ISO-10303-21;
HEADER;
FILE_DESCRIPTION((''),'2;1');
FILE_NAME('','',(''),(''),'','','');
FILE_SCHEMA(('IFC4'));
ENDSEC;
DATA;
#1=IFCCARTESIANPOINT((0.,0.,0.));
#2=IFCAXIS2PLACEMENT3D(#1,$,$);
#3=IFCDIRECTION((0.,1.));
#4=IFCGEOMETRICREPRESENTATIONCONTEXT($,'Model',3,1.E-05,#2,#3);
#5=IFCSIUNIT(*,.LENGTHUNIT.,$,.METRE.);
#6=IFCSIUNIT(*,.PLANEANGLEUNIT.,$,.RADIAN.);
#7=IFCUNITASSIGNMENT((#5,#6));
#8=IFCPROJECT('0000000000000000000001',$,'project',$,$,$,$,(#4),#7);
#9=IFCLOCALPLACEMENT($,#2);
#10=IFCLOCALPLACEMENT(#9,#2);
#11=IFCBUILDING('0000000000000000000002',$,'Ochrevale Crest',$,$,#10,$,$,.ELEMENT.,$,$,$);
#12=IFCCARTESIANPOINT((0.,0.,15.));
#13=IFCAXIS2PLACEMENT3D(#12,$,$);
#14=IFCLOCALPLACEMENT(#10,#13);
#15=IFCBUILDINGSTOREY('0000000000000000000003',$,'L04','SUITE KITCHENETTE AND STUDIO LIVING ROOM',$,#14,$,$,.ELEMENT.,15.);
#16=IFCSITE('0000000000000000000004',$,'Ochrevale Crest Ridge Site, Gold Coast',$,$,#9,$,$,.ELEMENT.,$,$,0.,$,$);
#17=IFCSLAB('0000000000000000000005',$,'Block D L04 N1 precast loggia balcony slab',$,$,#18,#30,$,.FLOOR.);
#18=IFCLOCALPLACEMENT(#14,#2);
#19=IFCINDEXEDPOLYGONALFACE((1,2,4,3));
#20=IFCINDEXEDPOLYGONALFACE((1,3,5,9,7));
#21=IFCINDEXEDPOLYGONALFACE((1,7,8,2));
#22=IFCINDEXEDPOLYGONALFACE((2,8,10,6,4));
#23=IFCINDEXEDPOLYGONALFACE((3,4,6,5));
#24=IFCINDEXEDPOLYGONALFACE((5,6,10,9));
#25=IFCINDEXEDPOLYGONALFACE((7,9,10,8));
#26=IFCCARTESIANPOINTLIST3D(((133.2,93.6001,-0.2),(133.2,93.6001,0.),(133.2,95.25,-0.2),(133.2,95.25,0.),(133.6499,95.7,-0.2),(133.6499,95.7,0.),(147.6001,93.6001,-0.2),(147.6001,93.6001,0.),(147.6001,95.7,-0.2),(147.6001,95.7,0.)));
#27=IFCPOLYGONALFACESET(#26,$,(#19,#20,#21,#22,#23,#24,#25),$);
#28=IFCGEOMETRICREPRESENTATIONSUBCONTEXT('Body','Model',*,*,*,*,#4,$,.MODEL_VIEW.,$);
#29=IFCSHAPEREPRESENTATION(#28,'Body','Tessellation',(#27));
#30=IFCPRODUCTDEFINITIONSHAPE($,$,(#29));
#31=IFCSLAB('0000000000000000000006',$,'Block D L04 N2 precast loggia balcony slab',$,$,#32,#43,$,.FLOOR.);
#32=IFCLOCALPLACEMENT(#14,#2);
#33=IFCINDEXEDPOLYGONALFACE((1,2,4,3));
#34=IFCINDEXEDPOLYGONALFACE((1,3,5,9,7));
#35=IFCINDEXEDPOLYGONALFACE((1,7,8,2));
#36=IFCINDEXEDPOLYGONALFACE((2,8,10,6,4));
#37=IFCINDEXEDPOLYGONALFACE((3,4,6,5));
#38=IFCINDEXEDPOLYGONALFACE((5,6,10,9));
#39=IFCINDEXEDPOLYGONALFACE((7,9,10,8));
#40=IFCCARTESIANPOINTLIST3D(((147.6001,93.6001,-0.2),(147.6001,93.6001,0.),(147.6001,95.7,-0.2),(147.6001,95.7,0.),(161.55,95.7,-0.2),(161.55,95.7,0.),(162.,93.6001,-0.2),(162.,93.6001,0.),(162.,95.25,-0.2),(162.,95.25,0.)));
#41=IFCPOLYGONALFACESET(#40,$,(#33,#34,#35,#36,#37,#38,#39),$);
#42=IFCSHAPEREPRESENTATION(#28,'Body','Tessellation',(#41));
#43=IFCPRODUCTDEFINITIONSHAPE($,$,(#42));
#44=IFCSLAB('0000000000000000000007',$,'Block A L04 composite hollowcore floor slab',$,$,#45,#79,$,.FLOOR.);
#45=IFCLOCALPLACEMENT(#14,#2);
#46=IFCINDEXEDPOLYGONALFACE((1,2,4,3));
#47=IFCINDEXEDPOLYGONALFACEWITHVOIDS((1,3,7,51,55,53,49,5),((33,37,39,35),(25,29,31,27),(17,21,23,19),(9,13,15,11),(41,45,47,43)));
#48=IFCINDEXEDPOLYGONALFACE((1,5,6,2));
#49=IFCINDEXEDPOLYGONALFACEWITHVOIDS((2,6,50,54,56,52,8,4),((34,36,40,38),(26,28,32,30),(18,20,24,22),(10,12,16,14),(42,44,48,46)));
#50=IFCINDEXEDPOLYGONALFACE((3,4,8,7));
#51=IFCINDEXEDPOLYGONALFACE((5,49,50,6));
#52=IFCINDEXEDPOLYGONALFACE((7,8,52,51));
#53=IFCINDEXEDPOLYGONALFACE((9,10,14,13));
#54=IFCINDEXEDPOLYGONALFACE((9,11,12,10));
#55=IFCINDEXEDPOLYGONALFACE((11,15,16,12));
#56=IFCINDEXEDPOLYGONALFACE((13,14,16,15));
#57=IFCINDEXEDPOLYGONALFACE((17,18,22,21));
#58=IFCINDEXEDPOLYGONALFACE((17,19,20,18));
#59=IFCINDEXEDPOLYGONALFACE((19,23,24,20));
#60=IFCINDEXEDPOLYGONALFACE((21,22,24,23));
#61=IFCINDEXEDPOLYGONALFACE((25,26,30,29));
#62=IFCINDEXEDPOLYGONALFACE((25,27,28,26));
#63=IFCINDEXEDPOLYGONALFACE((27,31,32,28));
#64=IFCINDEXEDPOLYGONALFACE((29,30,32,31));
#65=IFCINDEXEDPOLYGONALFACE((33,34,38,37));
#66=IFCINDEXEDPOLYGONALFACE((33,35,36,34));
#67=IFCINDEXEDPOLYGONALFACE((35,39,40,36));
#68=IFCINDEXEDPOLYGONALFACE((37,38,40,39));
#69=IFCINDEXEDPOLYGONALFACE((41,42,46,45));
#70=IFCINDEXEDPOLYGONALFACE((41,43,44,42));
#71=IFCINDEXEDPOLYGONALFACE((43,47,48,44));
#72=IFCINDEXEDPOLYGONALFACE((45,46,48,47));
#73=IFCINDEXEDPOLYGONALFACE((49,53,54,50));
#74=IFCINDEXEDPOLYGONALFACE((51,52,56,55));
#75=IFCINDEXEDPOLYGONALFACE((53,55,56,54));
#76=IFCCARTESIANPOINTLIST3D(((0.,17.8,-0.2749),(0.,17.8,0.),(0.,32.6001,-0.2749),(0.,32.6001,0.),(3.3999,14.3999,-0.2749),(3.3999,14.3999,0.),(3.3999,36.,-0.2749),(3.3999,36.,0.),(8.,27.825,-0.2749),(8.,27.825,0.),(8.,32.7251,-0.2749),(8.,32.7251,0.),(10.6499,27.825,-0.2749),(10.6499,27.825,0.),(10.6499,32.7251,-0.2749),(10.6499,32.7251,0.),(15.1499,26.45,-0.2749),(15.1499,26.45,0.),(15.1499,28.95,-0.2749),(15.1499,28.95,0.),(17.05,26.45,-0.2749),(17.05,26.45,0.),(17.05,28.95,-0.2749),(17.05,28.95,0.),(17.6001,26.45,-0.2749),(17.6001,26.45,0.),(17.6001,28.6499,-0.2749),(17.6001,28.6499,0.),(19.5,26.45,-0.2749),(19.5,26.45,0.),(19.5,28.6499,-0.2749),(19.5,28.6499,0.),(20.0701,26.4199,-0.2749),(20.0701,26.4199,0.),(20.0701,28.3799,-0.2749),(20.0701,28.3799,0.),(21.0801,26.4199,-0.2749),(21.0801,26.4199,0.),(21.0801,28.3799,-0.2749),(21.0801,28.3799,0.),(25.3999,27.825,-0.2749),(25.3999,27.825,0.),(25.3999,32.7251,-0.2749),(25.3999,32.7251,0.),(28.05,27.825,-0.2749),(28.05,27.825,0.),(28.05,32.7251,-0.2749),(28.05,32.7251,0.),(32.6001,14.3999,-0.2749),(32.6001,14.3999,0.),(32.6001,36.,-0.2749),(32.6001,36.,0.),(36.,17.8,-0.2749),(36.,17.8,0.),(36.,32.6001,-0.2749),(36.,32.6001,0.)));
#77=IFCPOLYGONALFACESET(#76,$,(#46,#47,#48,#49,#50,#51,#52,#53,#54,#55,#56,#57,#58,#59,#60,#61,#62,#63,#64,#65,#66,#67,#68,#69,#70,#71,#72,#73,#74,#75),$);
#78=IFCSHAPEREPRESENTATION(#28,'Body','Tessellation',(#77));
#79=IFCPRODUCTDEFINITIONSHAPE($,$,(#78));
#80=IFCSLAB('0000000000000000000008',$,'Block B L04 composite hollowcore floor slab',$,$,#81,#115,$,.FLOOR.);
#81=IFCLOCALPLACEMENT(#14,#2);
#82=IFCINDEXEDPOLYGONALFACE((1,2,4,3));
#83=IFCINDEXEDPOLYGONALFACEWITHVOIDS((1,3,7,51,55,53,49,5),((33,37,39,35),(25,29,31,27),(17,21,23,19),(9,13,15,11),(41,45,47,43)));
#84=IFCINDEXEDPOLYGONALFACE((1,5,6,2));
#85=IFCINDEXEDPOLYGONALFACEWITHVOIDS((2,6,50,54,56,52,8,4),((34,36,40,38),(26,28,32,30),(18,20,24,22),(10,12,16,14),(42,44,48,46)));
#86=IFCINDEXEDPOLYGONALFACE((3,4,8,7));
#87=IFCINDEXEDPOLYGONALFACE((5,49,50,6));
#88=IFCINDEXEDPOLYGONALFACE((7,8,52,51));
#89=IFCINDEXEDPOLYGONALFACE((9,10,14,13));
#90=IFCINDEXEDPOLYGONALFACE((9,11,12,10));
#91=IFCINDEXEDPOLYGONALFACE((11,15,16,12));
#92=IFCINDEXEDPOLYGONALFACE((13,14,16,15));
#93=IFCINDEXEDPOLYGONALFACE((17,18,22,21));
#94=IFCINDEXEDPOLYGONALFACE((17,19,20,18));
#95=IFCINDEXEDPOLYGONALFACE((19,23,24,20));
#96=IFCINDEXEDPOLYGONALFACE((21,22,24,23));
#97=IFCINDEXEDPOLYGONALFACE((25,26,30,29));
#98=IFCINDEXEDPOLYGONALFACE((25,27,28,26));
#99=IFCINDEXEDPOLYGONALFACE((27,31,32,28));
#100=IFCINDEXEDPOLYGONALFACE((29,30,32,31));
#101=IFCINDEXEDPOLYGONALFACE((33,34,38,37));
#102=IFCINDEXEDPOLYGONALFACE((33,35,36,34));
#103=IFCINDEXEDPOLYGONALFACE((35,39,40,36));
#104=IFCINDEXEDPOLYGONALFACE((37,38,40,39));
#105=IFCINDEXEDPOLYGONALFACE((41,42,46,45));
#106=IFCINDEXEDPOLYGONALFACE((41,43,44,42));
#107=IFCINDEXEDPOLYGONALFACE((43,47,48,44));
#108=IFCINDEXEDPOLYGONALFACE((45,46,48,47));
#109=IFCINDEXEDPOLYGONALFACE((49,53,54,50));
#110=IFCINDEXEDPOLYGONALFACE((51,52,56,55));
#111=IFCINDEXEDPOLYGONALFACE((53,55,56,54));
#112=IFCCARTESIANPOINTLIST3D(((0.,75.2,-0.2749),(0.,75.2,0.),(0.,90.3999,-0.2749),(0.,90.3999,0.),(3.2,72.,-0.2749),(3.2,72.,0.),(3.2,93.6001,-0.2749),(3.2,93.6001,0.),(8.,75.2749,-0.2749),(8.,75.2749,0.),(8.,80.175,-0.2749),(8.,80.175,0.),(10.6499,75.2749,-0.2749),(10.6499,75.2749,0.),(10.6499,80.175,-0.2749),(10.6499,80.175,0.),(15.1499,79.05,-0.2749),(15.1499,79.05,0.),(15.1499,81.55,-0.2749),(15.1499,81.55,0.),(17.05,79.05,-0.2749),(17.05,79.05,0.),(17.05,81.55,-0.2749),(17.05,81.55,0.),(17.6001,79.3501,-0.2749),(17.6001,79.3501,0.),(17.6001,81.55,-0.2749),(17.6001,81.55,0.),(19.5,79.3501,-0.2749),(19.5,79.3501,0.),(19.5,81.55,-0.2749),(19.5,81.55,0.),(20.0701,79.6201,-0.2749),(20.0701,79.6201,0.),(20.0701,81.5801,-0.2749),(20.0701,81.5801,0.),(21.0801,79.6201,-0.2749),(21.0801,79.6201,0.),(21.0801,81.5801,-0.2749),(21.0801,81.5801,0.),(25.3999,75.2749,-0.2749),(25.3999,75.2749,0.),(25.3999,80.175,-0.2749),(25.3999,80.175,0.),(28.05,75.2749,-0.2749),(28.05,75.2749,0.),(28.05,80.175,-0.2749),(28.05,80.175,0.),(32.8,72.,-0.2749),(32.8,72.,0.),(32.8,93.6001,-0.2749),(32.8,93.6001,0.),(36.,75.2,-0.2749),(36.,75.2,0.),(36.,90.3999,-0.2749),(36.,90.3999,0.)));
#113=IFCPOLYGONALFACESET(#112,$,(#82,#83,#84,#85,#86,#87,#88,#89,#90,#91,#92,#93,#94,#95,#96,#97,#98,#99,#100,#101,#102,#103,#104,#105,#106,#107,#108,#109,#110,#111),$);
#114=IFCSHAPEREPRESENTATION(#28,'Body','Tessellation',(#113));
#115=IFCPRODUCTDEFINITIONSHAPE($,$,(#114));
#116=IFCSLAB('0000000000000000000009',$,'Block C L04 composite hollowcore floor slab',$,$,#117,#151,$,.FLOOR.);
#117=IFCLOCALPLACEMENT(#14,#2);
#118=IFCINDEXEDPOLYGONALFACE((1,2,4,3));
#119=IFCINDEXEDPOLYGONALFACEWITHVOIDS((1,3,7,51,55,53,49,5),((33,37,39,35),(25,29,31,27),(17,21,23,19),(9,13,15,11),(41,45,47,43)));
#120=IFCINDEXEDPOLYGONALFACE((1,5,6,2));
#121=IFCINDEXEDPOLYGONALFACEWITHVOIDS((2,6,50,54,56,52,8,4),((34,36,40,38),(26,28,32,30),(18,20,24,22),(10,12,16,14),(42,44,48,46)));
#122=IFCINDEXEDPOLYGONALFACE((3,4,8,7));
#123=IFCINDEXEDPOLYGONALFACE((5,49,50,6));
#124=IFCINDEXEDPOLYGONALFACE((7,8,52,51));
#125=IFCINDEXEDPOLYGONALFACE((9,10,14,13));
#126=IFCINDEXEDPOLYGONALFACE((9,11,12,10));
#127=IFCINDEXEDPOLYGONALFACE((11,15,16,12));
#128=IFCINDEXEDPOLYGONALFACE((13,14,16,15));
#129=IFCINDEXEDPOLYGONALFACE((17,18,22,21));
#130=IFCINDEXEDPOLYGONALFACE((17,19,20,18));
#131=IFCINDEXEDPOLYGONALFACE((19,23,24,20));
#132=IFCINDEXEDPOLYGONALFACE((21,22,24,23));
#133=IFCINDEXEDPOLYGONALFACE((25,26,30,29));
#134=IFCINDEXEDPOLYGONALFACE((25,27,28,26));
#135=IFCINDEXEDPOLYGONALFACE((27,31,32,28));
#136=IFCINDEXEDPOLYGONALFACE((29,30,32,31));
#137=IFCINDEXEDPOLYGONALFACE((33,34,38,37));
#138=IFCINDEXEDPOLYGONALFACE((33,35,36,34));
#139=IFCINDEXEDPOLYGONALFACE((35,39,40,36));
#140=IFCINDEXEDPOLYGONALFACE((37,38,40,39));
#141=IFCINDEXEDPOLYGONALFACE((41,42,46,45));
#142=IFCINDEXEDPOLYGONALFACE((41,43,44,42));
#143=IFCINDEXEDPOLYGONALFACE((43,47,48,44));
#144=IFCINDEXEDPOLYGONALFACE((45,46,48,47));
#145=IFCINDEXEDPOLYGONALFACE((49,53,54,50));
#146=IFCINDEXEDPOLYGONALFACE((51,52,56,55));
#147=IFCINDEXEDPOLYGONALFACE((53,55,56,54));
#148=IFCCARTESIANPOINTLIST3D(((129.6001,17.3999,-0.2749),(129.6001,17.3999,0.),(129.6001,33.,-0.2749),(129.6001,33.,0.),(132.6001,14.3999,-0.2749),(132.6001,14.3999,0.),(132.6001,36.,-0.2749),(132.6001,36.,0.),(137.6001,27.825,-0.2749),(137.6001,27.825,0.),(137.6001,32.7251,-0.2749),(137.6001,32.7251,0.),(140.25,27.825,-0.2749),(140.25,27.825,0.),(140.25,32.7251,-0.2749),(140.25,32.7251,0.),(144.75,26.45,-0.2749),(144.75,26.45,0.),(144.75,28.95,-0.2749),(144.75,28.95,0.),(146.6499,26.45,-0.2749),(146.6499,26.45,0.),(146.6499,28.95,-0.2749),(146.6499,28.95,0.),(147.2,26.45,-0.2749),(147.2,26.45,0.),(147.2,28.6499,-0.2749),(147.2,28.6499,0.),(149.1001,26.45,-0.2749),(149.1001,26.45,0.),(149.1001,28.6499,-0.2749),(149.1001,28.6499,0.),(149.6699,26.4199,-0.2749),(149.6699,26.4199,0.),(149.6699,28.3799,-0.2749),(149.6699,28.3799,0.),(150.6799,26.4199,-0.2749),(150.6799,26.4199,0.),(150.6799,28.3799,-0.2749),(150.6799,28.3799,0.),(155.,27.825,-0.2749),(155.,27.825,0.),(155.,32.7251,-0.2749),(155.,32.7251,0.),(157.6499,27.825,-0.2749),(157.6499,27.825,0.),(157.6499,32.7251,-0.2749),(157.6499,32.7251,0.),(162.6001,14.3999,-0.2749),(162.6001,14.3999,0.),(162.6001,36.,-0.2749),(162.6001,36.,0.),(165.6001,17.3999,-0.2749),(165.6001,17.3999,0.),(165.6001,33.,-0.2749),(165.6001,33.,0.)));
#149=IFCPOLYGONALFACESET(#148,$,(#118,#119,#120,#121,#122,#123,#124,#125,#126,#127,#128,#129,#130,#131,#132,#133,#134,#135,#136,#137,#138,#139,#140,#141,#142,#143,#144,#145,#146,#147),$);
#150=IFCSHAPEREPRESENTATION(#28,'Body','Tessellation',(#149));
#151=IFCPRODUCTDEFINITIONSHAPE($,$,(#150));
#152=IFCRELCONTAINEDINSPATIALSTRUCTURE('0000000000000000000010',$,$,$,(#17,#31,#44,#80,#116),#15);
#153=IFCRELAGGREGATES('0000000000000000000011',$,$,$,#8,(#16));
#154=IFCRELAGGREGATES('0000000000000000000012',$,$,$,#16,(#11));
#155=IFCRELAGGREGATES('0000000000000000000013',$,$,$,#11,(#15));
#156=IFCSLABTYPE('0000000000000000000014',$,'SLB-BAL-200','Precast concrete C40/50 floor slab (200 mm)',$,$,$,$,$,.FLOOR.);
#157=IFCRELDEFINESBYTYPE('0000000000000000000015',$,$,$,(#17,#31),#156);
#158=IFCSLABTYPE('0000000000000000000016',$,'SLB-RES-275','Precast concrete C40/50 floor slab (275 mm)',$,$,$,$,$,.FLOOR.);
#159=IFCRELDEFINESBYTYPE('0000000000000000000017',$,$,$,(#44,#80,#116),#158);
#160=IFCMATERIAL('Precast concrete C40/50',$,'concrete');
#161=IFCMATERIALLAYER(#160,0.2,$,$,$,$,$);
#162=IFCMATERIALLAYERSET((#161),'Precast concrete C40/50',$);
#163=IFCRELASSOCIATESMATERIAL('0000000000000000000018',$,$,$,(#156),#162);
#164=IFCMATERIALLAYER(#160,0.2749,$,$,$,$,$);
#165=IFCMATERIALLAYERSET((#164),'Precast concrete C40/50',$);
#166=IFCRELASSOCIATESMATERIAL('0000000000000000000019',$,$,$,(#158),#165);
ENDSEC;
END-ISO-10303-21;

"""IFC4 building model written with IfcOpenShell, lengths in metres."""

from ifc_helpers import new_model, si_unit, direction, frame, origin, place, context, subcontext, project, spatial, polyline, outline, extrude, material, layer, layer_set, type_object, element, save


model = new_model("IFC4")

# Units and contexts
model_context = context("Model", 3, precision=1e-05, world=origin(), true_north=direction((0.0, 1.0)))
body_context = subcontext(model_context, "Body", "Model", "MODEL_VIEW")
ifc_project = project(units=[si_unit("LENGTHUNIT", "METRE"), si_unit("PLANEANGLEUNIT", "RADIAN")], contexts=[model_context])

# Site, building, storey
site_placement = place(None, origin())
site = spatial("IfcSite", under=ifc_project, at=site_placement, Name="Ochrevale Crest Ridge Site, Gold Coast", CompositionType="ELEMENT", RefElevation=0.0)
building_placement = place(site_placement, origin())
building = spatial("IfcBuilding", under=site, at=building_placement, Name="Ochrevale Crest", CompositionType="ELEMENT")
storey_placement = place(building_placement, frame((0.0, 0.0, 15.0)))
storey = spatial("IfcBuildingStorey", under=building, at=storey_placement, Name="L04", Description="SUITE KITCHENETTE AND STUDIO LIVING ROOM", CompositionType="ELEMENT", Elevation=15.0)

# Slabs
ifc_material = material(Name="Precast concrete C40/50", Category="concrete")
ifc_layer_1 = layer(ifc_material, 0.2)
ifc_layer_set_1 = layer_set([ifc_layer_1], Name="Precast concrete C40/50")
slab_type_1 = type_object("IfcSlabType", Name="SLB-BAL-200", Description="Precast concrete C40/50 floor slab (200 mm)", PredefinedType="FLOOR", material=ifc_layer_set_1)
slab_1_placement = place(storey_placement, frame((0.0, 0.0, -0.2)))
element("IfcSlab", 1, at=slab_1_placement, inside=storey, type_object=slab_type_1, Name="Block D L04 N1 precast loggia balcony slab", PredefinedType="FLOOR", context=body_context, shape_type="SweptSolid", body=[
    extrude(outline(polyline([(133.2, 93.6001), (147.6001, 93.6001), (147.6001, 95.7), (133.6499, 95.7), (133.2, 95.25), (133.2, 93.6001)])), origin(), (0.0, 0.0, 1.0), 0.2),
])
slab_2_placement = place(storey_placement, frame((0.0, 0.0, -0.2)))
element("IfcSlab", 2, at=slab_2_placement, inside=storey, type_object=slab_type_1, Name="Block D L04 N2 precast loggia balcony slab", PredefinedType="FLOOR", context=body_context, shape_type="SweptSolid", body=[
    extrude(outline(polyline([(147.6001, 93.6001), (162.0, 93.6001), (162.0, 95.25), (161.55, 95.7), (147.6001, 95.7), (147.6001, 93.6001)])), origin(), (0.0, 0.0, 1.0), 0.2),
])
ifc_layer_2 = layer(ifc_material, 0.2749)
ifc_layer_set_2 = layer_set([ifc_layer_2], Name="Precast concrete C40/50")
slab_type_2 = type_object("IfcSlabType", Name="SLB-RES-275", Description="Precast concrete C40/50 floor slab (275 mm)", PredefinedType="FLOOR", material=ifc_layer_set_2)
slab_3_placement = place(storey_placement, frame((0.0, 0.0, -0.2749)))
element("IfcSlab", 3, at=slab_3_placement, inside=storey, type_object=slab_type_2, Name="Block A L04 composite hollowcore floor slab", PredefinedType="FLOOR", context=body_context, shape_type="SweptSolid", body=[
    extrude(outline(polyline([(3.3999, 14.3999), (32.6001, 14.3999), (36.0, 17.8), (36.0, 32.6001), (32.6001, 36.0), (3.3999, 36.0), (0.0, 32.6001), (0.0, 17.8), (3.3999, 14.3999)]), holes=[polyline([(10.6499, 27.825), (10.6499, 32.7251), (8.0, 32.7251), (8.0, 27.825), (10.6499, 27.825)]), polyline([(28.05, 27.825), (28.05, 32.7251), (25.3999, 32.7251), (25.3999, 27.825), (28.05, 27.825)]), polyline([(15.1499, 26.45), (17.05, 26.45), (17.05, 28.95), (15.1499, 28.95), (15.1499, 26.45)]), polyline([(17.6001, 26.45), (19.5, 26.45), (19.5, 28.6499), (17.6001, 28.6499), (17.6001, 26.45)]), polyline([(20.0701, 26.4199), (21.0801, 26.4199), (21.0801, 28.3799), (20.0701, 28.3799), (20.0701, 26.4199)])]), origin(), (0.0, 0.0, 1.0), 0.2749),
])
slab_4_placement = place(storey_placement, frame((0.0, 0.0, -0.2749)))
element("IfcSlab", 4, at=slab_4_placement, inside=storey, type_object=slab_type_2, Name="Block B L04 composite hollowcore floor slab", PredefinedType="FLOOR", context=body_context, shape_type="SweptSolid", body=[
    extrude(outline(polyline([(3.2, 72.0), (32.8, 72.0), (36.0, 75.2), (36.0, 90.3999), (32.8, 93.6001), (3.2, 93.6001), (0.0, 90.3999), (0.0, 75.2), (3.2, 72.0)]), holes=[polyline([(8.0, 80.175), (8.0, 75.2749), (10.6499, 75.2749), (10.6499, 80.175), (8.0, 80.175)]), polyline([(25.3999, 80.175), (25.3999, 75.2749), (28.05, 75.2749), (28.05, 80.175), (25.3999, 80.175)]), polyline([(15.1499, 79.05), (17.05, 79.05), (17.05, 81.55), (15.1499, 81.55), (15.1499, 79.05)]), polyline([(17.6001, 79.3501), (19.5, 79.3501), (19.5, 81.55), (17.6001, 81.55), (17.6001, 79.3501)]), polyline([(20.0701, 79.6201), (21.0801, 79.6201), (21.0801, 81.5801), (20.0701, 81.5801), (20.0701, 79.6201)])]), origin(), (0.0, 0.0, 1.0), 0.2749),
])
slab_5_placement = place(storey_placement, frame((0.0, 0.0, -0.2749)))
element("IfcSlab", 5, at=slab_5_placement, inside=storey, type_object=slab_type_2, Name="Block C L04 composite hollowcore floor slab", PredefinedType="FLOOR", context=body_context, shape_type="SweptSolid", body=[
    extrude(outline(polyline([(132.6001, 14.3999), (162.6001, 14.3999), (165.6001, 17.3999), (165.6001, 33.0), (162.6001, 36.0), (132.6001, 36.0), (129.6001, 33.0), (129.6001, 17.3999), (132.6001, 14.3999)]), holes=[polyline([(140.25, 27.825), (140.25, 32.7251), (137.6001, 32.7251), (137.6001, 27.825), (140.25, 27.825)]), polyline([(157.6499, 27.825), (157.6499, 32.7251), (155.0, 32.7251), (155.0, 27.825), (157.6499, 27.825)]), polyline([(144.75, 26.45), (146.6499, 26.45), (146.6499, 28.95), (144.75, 28.95), (144.75, 26.45)]), polyline([(147.2, 26.45), (149.1001, 26.45), (149.1001, 28.6499), (147.2, 28.6499), (147.2, 26.45)]), polyline([(149.6699, 26.4199), (150.6799, 26.4199), (150.6799, 28.3799), (149.6699, 28.3799), (149.6699, 26.4199)])]), origin(), (0.0, 0.0, 1.0), 0.2749),
])

save(model, "model.ifc")
